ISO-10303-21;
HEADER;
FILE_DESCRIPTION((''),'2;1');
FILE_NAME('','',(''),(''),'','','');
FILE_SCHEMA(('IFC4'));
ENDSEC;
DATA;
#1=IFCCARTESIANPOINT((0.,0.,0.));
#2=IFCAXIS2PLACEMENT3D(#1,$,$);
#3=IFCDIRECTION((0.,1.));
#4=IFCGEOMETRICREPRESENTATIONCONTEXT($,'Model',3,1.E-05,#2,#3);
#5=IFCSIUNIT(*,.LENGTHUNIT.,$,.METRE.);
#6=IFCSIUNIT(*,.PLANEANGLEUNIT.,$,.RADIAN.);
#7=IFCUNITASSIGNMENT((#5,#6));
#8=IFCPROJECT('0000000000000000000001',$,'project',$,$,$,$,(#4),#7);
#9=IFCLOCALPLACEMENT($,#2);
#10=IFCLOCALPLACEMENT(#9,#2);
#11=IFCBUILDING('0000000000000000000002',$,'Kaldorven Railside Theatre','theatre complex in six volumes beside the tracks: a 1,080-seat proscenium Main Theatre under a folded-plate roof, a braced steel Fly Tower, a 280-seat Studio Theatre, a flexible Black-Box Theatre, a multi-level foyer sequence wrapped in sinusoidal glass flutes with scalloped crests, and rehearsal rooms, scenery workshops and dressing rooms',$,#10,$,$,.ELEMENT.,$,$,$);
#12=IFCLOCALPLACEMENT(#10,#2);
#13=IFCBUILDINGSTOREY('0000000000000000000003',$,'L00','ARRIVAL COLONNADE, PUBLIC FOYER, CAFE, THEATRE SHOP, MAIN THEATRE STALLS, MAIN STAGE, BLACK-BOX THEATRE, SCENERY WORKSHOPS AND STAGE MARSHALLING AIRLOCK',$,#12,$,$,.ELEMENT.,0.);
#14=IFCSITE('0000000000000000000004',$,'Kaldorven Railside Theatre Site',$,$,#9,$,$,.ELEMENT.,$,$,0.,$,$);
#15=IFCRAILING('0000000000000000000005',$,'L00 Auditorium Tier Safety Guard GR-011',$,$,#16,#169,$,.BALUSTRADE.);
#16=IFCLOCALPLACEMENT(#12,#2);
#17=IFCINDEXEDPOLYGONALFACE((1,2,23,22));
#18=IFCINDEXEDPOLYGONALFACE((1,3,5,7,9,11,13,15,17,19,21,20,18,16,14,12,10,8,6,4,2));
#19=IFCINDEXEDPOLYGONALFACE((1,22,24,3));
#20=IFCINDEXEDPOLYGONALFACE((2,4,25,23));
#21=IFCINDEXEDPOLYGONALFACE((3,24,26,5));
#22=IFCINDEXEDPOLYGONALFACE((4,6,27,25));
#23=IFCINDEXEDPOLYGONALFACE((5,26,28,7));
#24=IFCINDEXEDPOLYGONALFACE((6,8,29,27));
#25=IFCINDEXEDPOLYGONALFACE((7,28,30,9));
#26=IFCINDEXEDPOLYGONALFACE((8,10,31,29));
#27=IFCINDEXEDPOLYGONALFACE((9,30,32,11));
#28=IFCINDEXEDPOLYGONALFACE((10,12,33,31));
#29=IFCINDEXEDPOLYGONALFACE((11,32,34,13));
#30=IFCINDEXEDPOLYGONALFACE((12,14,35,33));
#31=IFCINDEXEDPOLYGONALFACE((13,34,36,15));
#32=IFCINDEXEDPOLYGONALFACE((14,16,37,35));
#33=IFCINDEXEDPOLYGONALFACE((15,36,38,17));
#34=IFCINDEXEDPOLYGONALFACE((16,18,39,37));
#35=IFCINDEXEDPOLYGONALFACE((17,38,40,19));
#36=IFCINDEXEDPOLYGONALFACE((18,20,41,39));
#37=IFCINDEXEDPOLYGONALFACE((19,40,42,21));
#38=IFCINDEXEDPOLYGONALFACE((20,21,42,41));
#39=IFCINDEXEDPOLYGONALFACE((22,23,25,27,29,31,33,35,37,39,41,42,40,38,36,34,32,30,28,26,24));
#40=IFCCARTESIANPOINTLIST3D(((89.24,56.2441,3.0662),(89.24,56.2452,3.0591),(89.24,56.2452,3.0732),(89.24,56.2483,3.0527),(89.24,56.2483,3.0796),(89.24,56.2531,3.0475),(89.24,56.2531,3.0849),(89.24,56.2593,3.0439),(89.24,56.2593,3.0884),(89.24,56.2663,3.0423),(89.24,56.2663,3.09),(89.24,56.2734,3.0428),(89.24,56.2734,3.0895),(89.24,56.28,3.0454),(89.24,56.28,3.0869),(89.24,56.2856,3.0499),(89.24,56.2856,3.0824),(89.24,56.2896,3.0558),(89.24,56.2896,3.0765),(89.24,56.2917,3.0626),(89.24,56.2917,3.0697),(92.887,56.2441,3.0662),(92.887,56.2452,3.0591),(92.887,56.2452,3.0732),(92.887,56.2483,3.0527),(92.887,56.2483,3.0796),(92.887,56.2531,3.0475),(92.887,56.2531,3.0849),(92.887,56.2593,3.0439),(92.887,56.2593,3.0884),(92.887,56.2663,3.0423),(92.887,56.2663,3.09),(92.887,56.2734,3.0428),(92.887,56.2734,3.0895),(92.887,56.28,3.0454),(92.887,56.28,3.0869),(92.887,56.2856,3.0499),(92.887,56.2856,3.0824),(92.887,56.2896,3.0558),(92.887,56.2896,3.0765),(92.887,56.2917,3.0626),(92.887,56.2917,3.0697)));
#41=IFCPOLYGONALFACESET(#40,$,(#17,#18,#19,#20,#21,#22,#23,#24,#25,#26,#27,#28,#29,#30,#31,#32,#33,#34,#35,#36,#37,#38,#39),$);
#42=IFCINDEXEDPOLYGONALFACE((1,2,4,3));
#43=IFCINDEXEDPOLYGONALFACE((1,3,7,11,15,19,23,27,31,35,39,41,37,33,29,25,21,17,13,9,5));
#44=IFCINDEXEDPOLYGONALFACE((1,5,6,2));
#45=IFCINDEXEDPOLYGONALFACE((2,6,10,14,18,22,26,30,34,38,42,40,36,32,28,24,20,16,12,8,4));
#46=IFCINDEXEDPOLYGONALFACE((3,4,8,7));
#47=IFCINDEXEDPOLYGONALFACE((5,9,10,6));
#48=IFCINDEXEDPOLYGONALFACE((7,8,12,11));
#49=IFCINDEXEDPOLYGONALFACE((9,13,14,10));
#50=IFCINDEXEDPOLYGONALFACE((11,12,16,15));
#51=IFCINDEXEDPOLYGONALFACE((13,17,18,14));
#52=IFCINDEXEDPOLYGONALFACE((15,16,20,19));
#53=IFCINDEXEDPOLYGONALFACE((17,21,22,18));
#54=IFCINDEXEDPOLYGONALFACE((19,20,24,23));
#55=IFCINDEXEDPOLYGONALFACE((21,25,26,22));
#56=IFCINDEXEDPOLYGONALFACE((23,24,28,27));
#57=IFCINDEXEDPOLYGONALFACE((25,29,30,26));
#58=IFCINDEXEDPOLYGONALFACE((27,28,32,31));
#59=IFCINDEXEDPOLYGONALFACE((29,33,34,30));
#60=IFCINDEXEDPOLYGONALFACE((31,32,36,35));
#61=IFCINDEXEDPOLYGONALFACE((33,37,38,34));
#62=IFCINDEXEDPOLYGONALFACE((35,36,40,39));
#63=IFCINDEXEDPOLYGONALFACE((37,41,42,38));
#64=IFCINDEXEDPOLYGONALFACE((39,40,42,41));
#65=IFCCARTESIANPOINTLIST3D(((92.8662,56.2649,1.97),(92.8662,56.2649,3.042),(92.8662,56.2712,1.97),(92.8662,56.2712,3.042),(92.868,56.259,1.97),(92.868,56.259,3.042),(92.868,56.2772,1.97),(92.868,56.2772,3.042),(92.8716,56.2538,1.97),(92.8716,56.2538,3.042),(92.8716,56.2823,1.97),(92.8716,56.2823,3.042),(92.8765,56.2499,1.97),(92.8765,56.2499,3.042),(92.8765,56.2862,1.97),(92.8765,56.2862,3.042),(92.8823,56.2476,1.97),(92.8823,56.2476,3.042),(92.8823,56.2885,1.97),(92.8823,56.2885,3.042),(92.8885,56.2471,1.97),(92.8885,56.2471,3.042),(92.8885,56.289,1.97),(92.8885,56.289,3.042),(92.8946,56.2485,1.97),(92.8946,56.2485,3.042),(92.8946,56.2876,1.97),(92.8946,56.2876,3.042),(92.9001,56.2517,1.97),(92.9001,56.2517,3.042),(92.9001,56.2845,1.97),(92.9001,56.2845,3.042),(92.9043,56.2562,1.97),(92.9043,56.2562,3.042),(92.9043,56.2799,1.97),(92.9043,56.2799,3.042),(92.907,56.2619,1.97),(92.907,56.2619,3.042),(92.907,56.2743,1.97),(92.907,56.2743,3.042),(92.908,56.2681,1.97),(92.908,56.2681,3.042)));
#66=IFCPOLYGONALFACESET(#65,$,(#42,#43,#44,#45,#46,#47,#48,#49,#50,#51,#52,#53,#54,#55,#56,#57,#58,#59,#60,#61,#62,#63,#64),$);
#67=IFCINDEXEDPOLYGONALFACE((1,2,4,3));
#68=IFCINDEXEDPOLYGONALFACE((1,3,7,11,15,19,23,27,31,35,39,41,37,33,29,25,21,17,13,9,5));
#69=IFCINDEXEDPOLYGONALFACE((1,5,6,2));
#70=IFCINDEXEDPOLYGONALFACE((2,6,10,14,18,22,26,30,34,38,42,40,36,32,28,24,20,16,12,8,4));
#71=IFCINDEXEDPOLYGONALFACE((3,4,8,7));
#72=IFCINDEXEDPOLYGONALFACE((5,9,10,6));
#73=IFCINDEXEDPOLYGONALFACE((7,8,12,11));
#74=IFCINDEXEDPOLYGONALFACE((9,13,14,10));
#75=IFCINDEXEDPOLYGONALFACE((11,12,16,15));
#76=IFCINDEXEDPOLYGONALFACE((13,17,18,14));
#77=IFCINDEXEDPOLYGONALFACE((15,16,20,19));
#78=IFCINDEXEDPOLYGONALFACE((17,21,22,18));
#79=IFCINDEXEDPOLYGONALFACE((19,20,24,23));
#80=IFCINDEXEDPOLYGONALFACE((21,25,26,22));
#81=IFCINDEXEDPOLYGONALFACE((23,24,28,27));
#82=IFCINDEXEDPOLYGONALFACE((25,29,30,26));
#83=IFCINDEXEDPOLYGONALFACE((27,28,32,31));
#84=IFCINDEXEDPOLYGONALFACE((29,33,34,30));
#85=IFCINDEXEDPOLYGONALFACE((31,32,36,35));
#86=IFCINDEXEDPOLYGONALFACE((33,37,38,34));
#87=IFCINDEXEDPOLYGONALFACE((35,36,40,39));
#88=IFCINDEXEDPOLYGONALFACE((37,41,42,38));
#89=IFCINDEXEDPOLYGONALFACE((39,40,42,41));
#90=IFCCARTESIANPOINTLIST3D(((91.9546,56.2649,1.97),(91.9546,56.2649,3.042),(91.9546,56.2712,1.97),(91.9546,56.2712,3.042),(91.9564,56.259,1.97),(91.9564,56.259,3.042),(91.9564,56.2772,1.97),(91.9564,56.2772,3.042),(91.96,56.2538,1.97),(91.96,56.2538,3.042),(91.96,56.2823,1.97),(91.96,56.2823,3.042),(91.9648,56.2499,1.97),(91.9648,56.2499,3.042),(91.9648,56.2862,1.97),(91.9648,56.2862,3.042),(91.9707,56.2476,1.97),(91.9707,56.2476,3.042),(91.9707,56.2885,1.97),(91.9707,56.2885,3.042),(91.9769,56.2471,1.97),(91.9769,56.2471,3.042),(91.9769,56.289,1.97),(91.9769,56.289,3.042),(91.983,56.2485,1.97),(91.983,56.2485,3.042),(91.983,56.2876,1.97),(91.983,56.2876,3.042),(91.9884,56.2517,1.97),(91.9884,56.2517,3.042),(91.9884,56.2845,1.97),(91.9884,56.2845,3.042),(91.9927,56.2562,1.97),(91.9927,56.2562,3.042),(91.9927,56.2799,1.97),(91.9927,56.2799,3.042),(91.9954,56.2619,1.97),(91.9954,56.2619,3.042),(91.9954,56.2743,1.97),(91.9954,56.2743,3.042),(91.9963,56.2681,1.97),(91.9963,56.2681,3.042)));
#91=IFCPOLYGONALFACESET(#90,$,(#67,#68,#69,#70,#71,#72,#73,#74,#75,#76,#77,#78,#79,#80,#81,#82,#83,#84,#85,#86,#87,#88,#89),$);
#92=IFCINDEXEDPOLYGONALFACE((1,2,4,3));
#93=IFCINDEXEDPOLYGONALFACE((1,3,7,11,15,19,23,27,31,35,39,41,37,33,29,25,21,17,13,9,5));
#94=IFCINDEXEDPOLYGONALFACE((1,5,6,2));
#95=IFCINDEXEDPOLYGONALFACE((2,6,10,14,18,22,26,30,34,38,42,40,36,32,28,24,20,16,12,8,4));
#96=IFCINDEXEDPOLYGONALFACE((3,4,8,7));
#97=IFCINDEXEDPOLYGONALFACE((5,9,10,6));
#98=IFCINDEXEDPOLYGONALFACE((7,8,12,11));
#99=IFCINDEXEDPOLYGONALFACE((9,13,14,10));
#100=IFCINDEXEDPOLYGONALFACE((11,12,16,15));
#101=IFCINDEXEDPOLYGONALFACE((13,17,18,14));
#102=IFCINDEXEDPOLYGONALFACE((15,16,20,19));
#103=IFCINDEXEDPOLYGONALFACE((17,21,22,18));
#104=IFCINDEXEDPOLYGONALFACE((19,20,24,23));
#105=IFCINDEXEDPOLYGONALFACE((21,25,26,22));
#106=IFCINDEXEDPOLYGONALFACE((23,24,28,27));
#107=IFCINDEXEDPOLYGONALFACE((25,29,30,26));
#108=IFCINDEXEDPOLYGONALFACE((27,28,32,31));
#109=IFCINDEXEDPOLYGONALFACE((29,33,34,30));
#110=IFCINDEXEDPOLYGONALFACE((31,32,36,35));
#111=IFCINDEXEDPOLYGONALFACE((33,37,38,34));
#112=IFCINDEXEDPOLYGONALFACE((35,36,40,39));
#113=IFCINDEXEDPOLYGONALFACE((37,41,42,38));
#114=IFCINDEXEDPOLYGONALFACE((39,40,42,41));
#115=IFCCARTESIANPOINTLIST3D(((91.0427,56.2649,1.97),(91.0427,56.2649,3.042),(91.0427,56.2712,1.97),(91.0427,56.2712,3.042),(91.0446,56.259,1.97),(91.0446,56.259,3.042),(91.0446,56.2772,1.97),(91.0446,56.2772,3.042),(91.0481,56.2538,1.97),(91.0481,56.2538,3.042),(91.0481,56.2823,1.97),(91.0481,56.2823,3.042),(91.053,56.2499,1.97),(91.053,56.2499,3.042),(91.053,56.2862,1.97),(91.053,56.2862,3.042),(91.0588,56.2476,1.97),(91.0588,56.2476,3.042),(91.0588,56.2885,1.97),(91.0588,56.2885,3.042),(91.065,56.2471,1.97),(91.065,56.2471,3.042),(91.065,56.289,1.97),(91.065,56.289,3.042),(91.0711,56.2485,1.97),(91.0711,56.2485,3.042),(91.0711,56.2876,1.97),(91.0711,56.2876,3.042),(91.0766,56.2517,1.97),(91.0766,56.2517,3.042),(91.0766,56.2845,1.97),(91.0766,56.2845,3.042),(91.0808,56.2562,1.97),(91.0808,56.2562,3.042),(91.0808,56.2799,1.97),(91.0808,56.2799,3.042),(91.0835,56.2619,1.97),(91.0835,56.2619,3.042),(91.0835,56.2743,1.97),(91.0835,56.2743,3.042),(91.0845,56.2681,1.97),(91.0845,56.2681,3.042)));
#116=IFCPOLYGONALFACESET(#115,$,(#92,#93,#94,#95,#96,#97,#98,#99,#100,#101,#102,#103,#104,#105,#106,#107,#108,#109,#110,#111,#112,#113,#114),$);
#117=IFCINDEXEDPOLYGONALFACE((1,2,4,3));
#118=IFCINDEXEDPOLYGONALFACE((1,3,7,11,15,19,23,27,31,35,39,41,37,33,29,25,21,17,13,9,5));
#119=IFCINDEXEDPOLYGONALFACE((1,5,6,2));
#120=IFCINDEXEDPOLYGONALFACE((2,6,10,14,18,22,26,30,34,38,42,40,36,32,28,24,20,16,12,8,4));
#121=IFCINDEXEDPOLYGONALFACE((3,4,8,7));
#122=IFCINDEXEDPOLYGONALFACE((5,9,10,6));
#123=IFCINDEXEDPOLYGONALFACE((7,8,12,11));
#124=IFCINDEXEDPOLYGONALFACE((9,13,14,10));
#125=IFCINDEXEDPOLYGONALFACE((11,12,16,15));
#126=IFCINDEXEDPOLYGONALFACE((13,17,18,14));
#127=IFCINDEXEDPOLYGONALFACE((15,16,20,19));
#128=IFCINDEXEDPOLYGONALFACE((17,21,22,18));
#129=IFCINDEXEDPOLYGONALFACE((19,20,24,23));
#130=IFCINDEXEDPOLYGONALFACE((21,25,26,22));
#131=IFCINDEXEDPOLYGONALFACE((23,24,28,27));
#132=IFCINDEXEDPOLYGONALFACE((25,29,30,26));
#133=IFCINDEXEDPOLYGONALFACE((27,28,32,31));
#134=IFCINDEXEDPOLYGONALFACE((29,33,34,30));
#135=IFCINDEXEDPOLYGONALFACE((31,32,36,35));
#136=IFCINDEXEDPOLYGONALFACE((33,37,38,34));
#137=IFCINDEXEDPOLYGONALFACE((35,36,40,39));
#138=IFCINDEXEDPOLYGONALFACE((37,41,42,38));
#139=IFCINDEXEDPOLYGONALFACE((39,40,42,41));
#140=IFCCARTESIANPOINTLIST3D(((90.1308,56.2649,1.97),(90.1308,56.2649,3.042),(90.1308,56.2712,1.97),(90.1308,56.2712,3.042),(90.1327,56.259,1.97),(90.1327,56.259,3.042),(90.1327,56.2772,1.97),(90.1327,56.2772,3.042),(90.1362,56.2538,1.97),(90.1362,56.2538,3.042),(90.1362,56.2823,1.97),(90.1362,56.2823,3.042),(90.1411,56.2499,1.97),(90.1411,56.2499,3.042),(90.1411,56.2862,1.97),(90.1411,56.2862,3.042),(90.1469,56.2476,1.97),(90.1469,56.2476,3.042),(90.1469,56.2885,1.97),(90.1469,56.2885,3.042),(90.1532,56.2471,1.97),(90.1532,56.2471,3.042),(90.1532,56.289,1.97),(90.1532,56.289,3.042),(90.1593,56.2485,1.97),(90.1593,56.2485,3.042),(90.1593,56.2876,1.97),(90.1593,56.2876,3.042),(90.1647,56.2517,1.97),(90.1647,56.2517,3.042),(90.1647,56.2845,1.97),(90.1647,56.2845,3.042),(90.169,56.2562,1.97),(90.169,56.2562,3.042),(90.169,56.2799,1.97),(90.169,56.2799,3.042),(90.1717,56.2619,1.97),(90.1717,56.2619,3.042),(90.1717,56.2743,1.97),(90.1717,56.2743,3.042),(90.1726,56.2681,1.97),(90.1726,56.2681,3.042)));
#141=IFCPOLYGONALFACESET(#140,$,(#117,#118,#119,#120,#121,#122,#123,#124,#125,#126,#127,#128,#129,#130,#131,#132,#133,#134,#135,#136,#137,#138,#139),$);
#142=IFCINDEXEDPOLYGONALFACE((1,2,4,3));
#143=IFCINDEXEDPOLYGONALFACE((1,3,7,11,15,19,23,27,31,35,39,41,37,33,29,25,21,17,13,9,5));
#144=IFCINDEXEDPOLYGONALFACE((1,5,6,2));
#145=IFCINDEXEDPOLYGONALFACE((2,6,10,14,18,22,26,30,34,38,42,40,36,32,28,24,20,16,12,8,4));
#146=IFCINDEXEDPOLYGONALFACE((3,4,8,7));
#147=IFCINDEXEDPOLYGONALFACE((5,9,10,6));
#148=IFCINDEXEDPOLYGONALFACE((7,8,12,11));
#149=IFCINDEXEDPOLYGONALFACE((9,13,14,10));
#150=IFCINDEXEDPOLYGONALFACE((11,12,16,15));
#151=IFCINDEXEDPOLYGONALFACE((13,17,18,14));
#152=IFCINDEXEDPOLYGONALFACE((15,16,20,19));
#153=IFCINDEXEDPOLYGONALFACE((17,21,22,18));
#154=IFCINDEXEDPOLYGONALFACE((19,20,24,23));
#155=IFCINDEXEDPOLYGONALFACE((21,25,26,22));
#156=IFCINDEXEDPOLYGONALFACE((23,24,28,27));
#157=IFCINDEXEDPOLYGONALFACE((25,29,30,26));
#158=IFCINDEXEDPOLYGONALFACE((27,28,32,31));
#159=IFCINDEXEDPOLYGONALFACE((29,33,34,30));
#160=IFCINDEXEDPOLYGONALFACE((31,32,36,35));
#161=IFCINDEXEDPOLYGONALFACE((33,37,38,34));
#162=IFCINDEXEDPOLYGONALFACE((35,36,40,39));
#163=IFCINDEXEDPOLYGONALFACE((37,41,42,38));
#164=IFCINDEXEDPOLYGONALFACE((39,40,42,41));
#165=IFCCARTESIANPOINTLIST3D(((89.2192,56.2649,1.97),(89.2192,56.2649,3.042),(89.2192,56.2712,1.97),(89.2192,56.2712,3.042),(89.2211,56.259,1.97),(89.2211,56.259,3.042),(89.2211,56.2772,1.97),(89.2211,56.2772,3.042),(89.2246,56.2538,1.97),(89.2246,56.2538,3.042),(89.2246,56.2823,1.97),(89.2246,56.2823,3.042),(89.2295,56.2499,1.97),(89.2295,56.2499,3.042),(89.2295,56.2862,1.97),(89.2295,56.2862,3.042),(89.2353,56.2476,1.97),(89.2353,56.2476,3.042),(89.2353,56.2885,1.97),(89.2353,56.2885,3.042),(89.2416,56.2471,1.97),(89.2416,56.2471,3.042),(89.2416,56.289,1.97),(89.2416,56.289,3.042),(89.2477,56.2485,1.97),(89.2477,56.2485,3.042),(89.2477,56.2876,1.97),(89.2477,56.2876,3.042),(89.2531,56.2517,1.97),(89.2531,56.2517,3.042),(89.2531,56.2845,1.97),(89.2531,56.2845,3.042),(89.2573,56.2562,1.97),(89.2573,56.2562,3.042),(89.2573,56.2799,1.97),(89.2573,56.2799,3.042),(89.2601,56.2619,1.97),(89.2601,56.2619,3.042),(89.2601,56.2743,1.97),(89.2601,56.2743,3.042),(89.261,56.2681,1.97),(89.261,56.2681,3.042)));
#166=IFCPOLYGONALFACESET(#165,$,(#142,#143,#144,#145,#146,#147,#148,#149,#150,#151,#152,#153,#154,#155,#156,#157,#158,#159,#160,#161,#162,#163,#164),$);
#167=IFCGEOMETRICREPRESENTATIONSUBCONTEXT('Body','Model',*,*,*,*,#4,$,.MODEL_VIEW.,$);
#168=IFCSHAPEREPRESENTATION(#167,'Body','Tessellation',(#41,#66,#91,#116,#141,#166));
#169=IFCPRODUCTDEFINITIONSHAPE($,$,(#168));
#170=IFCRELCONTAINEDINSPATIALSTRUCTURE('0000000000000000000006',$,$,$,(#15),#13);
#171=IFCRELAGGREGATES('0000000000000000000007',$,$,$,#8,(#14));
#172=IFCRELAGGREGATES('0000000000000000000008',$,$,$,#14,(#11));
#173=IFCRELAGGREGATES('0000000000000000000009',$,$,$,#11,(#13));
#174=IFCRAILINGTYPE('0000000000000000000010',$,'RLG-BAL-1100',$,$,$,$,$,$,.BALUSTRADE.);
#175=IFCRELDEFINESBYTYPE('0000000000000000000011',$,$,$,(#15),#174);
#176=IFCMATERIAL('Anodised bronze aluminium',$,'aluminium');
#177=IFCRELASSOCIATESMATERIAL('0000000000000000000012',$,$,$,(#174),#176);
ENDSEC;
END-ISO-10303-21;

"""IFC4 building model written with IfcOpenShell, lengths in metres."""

from ifc_helpers import new_model, si_unit, direction, frame, origin, origin_2d, place, context, subcontext, project, spatial, circle, extrude, material, type_object, element, save


model = new_model("IFC4")

# Units and contexts
model_context = context("Model", 3, precision=1e-05, world=origin(), true_north=direction((0.0, 1.0)))
body_context = subcontext(model_context, "Body", "Model", "MODEL_VIEW")
ifc_project = project(units=[si_unit("LENGTHUNIT", "METRE"), si_unit("PLANEANGLEUNIT", "RADIAN")], contexts=[model_context])

# Site, building, storey
site_placement = place(None, origin())
site = spatial("IfcSite", under=ifc_project, at=site_placement, Name="Kaldorven Railside Theatre Site", CompositionType="ELEMENT", RefElevation=0.0)
building_placement = place(site_placement, origin())
building = spatial("IfcBuilding", under=site, at=building_placement, Name="Kaldorven Railside Theatre", Description="theatre complex in six volumes beside the tracks: a 1,080-seat proscenium Main Theatre under a folded-plate roof, a braced steel Fly Tower, a 280-seat Studio Theatre, a flexible Black-Box Theatre, a multi-level foyer sequence wrapped in sinusoidal glass flutes with scalloped crests, and rehearsal rooms, scenery workshops and dressing rooms", CompositionType="ELEMENT")
storey_placement = place(building_placement, origin())
storey = spatial("IfcBuildingStorey", under=building, at=storey_placement, Name="L00", Description="ARRIVAL COLONNADE, PUBLIC FOYER, CAFE, THEATRE SHOP, MAIN THEATRE STALLS, MAIN STAGE, BLACK-BOX THEATRE, SCENERY WORKSHOPS AND STAGE MARSHALLING AIRLOCK", CompositionType="ELEMENT", Elevation=0.0)

# Railing
ifc_material_1 = material(Name="Anodised bronze aluminium", Category="aluminium")
railing_type = type_object("IfcRailingType", Name="RLG-BAL-1100", PredefinedType="BALUSTRADE", material=ifc_material_1)
railing_1_placement = place(storey_placement, frame((92.887, 56.2681, 1.97)))
element("IfcRailing", 1, at=railing_1_placement, inside=storey, type_object=railing_type, Name="L00 Auditorium Tier Safety Guard GR-011", PredefinedType="BALUSTRADE", context=body_context, shape_type="SweptSolid", body=[
    extrude(circle(Radius=0.0239, at=origin_2d()), frame((0.0, 0.0, 1.0962), z_axis=(-1.0, 0.0, 0.0), x_axis=(0.0, -1.0, 0.0)), (0.0, 0.0, 1.0), 3.647),
    extrude(circle(Radius=0.021, at=origin_2d()), origin(), (0.0, 0.0, 1.0), 1.072),
    extrude(circle(Radius=0.021, at=origin_2d()), frame((-0.9116, 0.0, 0.0)), (0.0, 0.0, 1.0), 1.072),
    extrude(circle(Radius=0.021, at=origin_2d()), frame((-1.8235, 0.0, 0.0)), (0.0, 0.0, 1.0), 1.072),
    extrude(circle(Radius=0.021, at=origin_2d()), frame((-2.7354, 0.0, 0.0)), (0.0, 0.0, 1.0), 1.072),
    extrude(circle(Radius=0.021, at=origin_2d()), frame((-3.647, 0.0, 0.0)), (0.0, 0.0, 1.0), 1.072),
])

save(model, "model.ifc")
